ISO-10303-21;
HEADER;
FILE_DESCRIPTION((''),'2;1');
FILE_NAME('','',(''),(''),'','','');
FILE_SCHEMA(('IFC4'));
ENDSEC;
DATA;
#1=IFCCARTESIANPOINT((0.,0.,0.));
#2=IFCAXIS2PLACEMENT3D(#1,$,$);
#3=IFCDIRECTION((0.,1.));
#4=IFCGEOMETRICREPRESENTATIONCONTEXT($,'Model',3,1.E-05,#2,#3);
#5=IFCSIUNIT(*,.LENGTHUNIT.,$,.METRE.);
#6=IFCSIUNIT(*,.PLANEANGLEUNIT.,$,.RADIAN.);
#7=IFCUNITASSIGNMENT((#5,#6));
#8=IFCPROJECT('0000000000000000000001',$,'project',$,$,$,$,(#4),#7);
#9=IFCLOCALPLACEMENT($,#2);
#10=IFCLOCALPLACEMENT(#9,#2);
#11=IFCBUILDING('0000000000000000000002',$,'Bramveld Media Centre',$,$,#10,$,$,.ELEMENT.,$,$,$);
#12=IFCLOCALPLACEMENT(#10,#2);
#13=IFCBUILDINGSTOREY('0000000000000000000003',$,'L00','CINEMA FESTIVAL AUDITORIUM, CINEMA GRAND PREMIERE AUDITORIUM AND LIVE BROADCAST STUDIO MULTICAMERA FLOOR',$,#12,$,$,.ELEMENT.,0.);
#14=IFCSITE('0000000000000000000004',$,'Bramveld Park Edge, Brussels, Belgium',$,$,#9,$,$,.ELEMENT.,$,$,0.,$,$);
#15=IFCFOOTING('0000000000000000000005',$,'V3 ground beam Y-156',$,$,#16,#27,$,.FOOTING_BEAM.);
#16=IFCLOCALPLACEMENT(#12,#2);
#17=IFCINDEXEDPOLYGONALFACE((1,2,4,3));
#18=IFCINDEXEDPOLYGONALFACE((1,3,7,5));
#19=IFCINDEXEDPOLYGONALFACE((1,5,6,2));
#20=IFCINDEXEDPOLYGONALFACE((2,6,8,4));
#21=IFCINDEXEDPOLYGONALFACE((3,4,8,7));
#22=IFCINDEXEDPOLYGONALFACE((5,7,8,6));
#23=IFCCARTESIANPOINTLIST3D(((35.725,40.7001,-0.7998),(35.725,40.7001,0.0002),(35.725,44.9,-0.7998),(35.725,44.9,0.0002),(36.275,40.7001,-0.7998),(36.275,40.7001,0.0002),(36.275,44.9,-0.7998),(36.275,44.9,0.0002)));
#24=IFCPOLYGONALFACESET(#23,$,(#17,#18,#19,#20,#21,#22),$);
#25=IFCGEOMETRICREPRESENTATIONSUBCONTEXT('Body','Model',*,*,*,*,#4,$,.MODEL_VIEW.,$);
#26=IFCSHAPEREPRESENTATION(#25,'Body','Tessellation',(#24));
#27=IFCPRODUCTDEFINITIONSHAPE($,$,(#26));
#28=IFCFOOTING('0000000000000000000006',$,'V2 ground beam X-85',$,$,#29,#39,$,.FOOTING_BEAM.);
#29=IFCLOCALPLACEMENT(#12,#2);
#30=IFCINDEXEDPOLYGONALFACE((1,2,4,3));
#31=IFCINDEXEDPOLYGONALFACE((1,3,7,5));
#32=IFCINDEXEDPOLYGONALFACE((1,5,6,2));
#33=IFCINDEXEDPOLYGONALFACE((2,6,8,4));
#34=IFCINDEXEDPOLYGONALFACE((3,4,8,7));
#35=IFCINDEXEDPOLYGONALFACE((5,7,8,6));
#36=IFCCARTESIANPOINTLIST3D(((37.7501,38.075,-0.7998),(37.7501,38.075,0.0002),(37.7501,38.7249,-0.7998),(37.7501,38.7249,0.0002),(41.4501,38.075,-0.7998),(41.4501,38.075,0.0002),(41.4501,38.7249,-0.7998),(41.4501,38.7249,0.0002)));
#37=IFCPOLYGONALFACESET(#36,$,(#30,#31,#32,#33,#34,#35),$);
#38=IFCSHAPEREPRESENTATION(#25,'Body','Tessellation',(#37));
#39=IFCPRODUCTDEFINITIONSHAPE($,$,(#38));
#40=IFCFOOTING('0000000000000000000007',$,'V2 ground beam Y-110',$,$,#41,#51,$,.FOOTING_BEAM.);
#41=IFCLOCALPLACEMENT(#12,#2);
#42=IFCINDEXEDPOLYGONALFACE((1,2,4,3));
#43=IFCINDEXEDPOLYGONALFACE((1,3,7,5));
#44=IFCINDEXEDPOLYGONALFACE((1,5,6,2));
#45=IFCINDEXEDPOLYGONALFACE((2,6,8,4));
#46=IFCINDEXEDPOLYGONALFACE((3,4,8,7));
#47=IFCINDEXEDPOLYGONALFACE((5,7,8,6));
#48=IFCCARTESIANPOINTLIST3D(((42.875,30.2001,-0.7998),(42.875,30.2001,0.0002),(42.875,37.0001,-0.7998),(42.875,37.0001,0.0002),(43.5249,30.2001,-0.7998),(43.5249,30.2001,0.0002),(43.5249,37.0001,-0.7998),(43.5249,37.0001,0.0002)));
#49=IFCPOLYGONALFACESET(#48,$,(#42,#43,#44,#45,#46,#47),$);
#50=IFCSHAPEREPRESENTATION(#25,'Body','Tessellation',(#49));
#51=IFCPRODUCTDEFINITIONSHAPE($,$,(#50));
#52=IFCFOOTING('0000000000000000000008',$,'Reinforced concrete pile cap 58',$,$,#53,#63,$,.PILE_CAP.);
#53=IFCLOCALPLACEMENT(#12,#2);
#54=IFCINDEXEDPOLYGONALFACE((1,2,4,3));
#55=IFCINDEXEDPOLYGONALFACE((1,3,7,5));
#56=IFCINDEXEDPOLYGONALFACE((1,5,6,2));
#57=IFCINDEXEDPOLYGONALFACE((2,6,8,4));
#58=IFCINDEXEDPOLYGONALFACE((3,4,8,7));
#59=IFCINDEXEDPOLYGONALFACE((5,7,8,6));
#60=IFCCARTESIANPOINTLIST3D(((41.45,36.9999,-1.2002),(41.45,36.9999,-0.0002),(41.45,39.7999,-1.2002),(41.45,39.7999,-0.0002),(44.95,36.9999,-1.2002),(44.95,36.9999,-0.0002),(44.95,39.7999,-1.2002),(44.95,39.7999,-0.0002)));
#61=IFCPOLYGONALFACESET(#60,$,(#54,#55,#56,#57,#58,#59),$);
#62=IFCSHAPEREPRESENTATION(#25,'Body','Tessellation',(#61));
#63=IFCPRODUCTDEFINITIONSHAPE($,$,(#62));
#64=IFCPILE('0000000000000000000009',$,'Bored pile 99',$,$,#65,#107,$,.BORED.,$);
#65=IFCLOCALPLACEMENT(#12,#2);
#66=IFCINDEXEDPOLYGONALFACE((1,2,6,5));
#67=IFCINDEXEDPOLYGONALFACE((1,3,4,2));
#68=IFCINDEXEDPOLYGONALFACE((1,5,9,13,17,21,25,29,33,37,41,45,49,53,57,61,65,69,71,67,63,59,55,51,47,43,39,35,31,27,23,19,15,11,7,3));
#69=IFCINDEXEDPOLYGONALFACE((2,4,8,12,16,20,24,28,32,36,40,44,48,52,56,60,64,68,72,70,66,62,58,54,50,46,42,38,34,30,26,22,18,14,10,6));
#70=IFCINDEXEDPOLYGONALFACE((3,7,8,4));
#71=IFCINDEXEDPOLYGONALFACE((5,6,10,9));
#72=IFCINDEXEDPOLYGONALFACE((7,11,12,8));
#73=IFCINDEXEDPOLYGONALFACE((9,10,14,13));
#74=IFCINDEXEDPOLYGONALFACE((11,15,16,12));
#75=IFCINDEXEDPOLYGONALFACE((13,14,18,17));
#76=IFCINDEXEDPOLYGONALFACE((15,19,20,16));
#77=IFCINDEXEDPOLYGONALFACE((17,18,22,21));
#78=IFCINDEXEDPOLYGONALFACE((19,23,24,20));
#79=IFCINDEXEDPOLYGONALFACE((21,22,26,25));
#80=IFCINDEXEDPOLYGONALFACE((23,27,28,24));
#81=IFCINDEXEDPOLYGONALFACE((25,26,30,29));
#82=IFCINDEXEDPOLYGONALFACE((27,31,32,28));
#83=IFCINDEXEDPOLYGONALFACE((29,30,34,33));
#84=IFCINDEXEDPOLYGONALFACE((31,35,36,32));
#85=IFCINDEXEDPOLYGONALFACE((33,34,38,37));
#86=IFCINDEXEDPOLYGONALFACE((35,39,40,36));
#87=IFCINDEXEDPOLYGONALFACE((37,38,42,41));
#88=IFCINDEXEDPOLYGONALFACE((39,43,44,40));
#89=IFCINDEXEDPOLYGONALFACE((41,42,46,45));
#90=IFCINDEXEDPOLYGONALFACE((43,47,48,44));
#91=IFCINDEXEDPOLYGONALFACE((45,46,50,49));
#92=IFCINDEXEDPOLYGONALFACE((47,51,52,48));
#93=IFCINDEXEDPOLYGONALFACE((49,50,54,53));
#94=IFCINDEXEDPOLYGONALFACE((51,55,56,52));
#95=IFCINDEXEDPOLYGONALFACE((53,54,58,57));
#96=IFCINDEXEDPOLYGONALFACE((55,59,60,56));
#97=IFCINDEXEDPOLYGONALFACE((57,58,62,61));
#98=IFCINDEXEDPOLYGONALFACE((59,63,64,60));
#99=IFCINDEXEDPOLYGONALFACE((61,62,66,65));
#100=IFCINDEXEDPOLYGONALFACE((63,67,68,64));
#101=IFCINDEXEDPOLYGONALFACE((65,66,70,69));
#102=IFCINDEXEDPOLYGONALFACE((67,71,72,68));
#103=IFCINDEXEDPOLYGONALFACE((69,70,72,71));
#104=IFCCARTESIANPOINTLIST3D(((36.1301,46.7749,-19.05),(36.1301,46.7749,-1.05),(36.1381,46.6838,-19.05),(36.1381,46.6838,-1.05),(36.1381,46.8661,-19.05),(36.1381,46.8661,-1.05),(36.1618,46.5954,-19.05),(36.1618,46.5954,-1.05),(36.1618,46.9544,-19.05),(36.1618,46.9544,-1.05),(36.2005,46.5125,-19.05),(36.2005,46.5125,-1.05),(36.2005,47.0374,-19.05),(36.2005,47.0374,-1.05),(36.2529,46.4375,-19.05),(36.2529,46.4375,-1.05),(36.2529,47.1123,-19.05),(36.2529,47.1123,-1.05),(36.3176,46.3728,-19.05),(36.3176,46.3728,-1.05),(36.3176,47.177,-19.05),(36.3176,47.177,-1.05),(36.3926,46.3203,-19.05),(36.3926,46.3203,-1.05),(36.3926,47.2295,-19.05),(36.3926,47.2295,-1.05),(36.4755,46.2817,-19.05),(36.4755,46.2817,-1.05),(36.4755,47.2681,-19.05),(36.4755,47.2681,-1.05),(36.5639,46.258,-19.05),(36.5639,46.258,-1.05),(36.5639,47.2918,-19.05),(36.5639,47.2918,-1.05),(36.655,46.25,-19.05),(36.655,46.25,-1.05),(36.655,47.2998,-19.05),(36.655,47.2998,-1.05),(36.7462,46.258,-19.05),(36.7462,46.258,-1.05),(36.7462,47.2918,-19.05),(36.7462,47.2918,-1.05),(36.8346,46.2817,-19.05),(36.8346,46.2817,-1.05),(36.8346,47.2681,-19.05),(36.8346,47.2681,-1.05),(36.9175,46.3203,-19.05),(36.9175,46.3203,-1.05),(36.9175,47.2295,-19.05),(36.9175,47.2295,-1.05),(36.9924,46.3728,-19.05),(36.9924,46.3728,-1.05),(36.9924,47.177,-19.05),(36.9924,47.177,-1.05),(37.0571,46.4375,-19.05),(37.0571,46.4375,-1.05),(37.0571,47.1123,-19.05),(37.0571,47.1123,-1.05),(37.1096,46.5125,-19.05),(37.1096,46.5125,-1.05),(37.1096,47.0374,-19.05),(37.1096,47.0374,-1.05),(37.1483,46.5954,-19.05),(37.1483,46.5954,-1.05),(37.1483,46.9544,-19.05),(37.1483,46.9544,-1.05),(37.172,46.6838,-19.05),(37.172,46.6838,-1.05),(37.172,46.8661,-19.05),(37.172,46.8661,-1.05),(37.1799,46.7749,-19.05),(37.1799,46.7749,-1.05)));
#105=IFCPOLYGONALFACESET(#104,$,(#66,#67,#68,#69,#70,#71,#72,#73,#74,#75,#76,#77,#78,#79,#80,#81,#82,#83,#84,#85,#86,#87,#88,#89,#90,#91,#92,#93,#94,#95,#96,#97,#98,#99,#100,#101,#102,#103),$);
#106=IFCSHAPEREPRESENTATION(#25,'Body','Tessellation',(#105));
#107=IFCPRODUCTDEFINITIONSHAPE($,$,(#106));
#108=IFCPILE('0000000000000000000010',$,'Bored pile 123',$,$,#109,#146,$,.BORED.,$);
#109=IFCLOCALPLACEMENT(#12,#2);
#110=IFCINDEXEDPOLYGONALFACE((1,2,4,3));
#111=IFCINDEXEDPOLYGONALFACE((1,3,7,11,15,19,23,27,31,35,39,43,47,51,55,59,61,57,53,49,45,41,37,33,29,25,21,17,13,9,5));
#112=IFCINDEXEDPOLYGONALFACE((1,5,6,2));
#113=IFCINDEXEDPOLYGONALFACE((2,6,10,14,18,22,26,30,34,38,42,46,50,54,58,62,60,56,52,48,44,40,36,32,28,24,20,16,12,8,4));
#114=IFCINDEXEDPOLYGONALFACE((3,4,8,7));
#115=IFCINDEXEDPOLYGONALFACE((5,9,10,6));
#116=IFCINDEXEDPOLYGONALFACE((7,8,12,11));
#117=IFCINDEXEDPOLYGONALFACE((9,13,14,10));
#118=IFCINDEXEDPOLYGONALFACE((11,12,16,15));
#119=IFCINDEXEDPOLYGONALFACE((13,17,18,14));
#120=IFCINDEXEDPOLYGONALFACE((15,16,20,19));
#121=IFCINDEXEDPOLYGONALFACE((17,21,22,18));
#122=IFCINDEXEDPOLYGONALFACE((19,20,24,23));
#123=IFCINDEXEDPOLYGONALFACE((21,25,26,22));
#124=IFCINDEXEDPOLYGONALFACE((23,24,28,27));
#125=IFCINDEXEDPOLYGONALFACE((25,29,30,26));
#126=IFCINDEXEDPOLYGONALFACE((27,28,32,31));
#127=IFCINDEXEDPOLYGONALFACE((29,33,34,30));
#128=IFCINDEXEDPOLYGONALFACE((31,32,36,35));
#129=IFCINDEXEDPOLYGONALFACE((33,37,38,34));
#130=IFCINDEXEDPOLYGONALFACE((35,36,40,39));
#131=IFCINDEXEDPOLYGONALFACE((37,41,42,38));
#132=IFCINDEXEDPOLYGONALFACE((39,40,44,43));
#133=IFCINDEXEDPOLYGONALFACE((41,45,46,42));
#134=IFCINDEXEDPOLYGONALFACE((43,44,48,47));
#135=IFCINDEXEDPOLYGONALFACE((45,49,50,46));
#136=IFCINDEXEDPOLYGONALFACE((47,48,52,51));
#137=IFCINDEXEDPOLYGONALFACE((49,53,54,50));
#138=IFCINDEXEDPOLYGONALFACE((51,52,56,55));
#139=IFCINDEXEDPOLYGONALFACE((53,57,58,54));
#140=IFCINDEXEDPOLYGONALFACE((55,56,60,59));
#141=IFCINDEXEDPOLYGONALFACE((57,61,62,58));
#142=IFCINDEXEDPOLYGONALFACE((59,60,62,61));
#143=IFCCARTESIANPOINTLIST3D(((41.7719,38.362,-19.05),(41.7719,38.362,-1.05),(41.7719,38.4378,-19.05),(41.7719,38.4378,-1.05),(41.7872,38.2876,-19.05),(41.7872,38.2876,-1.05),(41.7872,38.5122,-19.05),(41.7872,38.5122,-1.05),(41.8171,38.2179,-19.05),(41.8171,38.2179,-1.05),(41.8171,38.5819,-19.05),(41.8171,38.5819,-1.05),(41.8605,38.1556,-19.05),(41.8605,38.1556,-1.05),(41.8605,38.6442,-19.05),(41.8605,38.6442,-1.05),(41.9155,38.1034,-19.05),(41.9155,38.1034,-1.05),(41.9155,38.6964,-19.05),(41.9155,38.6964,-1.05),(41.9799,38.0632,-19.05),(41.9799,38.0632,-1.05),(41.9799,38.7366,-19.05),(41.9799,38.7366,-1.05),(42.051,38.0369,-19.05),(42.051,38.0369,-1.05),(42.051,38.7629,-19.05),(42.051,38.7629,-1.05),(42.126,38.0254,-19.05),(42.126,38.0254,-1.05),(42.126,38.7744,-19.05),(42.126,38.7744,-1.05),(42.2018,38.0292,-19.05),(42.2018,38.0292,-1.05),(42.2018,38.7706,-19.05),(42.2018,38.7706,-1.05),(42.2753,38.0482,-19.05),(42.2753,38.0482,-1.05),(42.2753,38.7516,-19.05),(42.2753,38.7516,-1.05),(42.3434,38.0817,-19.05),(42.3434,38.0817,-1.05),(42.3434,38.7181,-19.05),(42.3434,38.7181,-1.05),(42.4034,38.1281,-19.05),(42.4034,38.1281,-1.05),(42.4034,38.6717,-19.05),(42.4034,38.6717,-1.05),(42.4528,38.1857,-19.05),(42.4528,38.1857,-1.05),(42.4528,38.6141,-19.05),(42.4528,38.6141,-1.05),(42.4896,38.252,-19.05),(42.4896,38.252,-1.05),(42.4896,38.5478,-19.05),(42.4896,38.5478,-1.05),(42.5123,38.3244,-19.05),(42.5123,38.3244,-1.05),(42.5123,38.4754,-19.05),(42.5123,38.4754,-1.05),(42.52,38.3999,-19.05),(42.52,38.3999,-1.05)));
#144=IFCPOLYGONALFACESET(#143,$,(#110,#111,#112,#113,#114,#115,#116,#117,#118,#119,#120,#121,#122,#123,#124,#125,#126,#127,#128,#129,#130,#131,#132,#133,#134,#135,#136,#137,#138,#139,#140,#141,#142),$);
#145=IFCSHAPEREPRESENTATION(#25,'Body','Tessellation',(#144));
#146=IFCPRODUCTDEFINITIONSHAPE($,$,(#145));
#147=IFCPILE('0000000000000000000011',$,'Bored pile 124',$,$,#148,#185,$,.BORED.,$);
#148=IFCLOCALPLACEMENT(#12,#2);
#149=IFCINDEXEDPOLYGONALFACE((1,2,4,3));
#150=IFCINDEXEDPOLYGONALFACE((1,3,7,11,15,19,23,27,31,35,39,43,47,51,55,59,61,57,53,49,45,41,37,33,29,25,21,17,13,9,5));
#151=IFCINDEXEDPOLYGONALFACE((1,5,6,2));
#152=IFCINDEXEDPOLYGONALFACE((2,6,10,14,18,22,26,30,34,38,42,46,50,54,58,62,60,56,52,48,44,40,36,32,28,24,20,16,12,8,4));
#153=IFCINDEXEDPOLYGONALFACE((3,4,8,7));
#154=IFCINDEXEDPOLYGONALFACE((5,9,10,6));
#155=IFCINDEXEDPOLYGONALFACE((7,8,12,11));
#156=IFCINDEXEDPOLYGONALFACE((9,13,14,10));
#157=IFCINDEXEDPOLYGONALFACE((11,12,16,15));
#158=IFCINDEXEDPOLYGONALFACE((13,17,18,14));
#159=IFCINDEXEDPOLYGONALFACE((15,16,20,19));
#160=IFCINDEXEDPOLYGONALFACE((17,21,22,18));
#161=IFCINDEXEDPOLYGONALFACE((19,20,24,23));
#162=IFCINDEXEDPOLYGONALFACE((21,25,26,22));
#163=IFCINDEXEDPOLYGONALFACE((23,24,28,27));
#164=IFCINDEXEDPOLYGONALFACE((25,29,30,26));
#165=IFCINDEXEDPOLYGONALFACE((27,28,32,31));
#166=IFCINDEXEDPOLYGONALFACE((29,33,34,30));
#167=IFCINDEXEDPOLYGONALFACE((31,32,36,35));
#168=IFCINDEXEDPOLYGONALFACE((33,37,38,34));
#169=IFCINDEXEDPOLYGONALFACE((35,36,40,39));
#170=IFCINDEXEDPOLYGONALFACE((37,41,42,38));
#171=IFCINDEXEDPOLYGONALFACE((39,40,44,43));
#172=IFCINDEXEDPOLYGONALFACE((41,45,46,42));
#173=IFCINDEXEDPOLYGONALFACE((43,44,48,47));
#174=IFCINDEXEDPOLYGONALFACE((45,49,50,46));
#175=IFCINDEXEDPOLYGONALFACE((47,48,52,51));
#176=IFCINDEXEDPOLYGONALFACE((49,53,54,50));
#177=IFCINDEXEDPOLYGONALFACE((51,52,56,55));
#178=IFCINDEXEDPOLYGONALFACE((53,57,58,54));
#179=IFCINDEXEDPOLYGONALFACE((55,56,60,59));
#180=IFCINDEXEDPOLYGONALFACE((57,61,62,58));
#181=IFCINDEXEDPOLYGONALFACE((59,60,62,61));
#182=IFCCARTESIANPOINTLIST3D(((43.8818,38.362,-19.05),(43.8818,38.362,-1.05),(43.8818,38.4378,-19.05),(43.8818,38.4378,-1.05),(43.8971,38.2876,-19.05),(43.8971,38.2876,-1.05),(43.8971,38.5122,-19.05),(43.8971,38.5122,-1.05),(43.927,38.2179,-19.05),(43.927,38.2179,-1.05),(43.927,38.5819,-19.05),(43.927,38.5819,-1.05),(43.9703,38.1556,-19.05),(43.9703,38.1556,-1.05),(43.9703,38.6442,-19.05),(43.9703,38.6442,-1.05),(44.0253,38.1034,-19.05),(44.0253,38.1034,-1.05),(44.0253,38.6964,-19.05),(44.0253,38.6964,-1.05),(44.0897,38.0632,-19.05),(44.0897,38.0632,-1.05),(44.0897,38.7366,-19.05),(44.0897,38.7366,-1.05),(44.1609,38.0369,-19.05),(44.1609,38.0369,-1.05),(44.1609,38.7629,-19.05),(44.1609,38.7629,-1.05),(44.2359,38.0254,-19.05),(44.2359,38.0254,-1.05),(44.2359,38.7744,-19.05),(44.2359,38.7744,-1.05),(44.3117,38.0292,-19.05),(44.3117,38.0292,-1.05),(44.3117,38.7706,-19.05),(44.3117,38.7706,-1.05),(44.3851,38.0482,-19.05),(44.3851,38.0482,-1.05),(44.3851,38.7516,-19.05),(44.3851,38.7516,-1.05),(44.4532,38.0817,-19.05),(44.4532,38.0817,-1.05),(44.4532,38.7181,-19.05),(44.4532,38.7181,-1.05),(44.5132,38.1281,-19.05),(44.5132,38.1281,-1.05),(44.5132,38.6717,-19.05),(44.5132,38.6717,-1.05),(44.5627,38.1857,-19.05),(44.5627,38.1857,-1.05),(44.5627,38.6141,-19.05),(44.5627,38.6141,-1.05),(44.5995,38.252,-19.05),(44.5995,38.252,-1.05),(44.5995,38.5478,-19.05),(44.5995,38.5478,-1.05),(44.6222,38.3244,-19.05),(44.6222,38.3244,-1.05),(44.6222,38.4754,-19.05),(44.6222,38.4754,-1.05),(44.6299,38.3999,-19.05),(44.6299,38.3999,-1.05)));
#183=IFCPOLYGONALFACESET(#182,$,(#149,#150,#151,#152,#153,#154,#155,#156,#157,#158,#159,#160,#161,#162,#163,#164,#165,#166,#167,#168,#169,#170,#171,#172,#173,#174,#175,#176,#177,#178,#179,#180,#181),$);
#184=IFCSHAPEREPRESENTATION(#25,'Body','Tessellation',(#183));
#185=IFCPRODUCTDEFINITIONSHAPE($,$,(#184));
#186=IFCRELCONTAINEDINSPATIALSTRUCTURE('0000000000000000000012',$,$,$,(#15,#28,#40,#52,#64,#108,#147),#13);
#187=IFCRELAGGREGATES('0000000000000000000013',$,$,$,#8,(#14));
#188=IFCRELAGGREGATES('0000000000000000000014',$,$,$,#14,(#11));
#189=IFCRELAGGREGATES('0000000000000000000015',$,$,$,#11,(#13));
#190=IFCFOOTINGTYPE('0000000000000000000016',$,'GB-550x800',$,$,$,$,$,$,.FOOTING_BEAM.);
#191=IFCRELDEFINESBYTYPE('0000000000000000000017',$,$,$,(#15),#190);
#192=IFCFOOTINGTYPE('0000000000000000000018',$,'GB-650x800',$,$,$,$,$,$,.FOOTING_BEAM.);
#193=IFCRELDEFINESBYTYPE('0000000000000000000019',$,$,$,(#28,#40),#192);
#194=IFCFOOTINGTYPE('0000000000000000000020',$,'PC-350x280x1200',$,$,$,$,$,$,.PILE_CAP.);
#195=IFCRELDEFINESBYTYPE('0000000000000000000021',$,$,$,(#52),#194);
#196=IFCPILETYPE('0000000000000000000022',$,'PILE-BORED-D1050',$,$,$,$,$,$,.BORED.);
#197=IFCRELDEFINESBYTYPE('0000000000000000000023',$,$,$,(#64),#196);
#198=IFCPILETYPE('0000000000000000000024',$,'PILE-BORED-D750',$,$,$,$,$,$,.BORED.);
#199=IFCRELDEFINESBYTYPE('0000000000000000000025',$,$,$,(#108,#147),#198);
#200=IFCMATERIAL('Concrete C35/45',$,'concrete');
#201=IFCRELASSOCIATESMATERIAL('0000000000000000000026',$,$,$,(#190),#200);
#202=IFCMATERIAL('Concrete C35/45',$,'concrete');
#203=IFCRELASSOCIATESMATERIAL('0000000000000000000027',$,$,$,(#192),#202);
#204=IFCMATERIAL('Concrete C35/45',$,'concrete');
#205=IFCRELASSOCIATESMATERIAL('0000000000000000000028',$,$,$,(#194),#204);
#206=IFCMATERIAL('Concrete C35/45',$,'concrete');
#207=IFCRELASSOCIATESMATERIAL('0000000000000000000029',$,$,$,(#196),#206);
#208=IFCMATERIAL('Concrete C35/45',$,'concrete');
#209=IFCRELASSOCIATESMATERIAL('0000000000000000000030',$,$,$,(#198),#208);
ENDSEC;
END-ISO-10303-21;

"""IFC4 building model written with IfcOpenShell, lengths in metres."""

from ifc_helpers import new_model, si_unit, direction, frame, origin, origin_2d, place, context, subcontext, project, spatial, rectangle, circle, extrude, material, material_profile, profile_set, type_object, element, save


model = new_model("IFC4")

# Units and contexts
model_context = context("Model", 3, precision=1e-05, world=origin(), true_north=direction((0.0, 1.0)))
body_context = subcontext(model_context, "Body", "Model", "MODEL_VIEW")
ifc_project = project(units=[si_unit("LENGTHUNIT", "METRE"), si_unit("PLANEANGLEUNIT", "RADIAN")], contexts=[model_context])

# Site, building, storey
site_placement = place(None, origin())
site = spatial("IfcSite", under=ifc_project, at=site_placement, Name="Bramveld Park Edge, Brussels, Belgium", CompositionType="ELEMENT", RefElevation=0.0)
building_placement = place(site_placement, origin())
building = spatial("IfcBuilding", under=site, at=building_placement, Name="Bramveld Media Centre", CompositionType="ELEMENT")
storey_placement = place(building_placement, origin())
storey = spatial("IfcBuildingStorey", under=building, at=storey_placement, Name="L00", Description="CINEMA FESTIVAL AUDITORIUM, CINEMA GRAND PREMIERE AUDITORIUM AND LIVE BROADCAST STUDIO MULTICAMERA FLOOR", CompositionType="ELEMENT", Elevation=0.0)

# Footings
ifc_material_1 = material(Name="Concrete C35/45", Category="concrete")
footing_type_1 = type_object("IfcFootingType", Name="GB-550x800", PredefinedType="FOOTING_BEAM", material=ifc_material_1)
footing_1_placement = place(storey_placement, frame((36.0, 42.8, -0.7998), z_axis=(0.0, 0.0, 1.0), x_axis=(1.0, 0.0, 0.0)))
element("IfcFooting", 1, at=footing_1_placement, inside=storey, type_object=footing_type_1, Name="V3 ground beam Y-156", PredefinedType="FOOTING_BEAM", context=body_context, shape_type="SweptSolid", body=[
    extrude(rectangle(XDim=0.55, YDim=4.2, at=origin_2d()), origin(), (0.0, 0.0, 1.0), 0.8),
])
ifc_material_2 = material(Name="Concrete C35/45", Category="concrete")
footing_type_2 = type_object("IfcFootingType", Name="GB-650x800", PredefinedType="FOOTING_BEAM", material=ifc_material_2)
footing_2_placement = place(storey_placement, frame((39.6001, 38.3999, -0.7998), z_axis=(0.0, 0.0, 1.0), x_axis=(1.0, 0.0, 0.0)))
element("IfcFooting", 2, at=footing_2_placement, inside=storey, type_object=footing_type_2, Name="V2 ground beam X-85", PredefinedType="FOOTING_BEAM", context=body_context, shape_type="SweptSolid", body=[
    extrude(rectangle(XDim=3.7, YDim=0.6499, at=origin_2d()), origin(), (0.0, 0.0, 1.0), 0.8),
])
footing_3_placement = place(storey_placement, frame((43.2, 33.6001, -0.7998), z_axis=(0.0, 0.0, 1.0), x_axis=(1.0, 0.0, 0.0)))
element("IfcFooting", 3, at=footing_3_placement, inside=storey, type_object=footing_type_2, Name="V2 ground beam Y-110", PredefinedType="FOOTING_BEAM", context=body_context, shape_type="SweptSolid", body=[
    extrude(rectangle(XDim=0.6499, YDim=6.8, at=origin_2d()), origin(), (0.0, 0.0, 1.0), 0.8),
])
ifc_material_3 = material(Name="Concrete C35/45", Category="concrete")
footing_type_3 = type_object("IfcFootingType", Name="PC-350x280x1200", PredefinedType="PILE_CAP", material=ifc_material_3)
footing_4_placement = place(storey_placement, frame((43.2, 38.3999, -1.2002), z_axis=(0.0, 0.0, 1.0), x_axis=(1.0, 0.0, 0.0)))
element("IfcFooting", 4, at=footing_4_placement, inside=storey, type_object=footing_type_3, Name="Reinforced concrete pile cap 58", PredefinedType="PILE_CAP", context=body_context, shape_type="SweptSolid", body=[
    extrude(rectangle(XDim=3.5, YDim=2.8, at=origin_2d()), origin(), (0.0, 0.0, 1.0), 1.2),
])

# Piles
ifc_material_4 = material(Name="Concrete C35/45", Category="concrete")
ifc_material_profile_1 = material_profile(ifc_material_4, circle(Radius=0.5249, at=origin_2d()), Name="BORED D1050")
ifc_profile_set_1 = profile_set([ifc_material_profile_1], Name="Concrete C35/45")
pile_type_1 = type_object("IfcPileType", Name="PILE-BORED-D1050", PredefinedType="BORED", material=ifc_profile_set_1)
pile_1_placement = place(storey_placement, frame((36.655, 46.7749, -1.05), z_axis=(0.0, 0.0, -1.0), x_axis=(1.0, 0.0, 0.0)))
element("IfcPile", 5, at=pile_1_placement, inside=storey, type_object=pile_type_1, Name="Bored pile 99", PredefinedType="BORED", context=body_context, shape_type="SweptSolid", body=[
    extrude(circle(Radius=0.5249, at=origin_2d()), origin(), (0.0, 0.0, 1.0), 18.0),
])
ifc_material_5 = material(Name="Concrete C35/45", Category="concrete")
ifc_material_profile_2 = material_profile(ifc_material_5, circle(Radius=0.375, at=origin_2d()), Name="BORED D750")
ifc_profile_set_2 = profile_set([ifc_material_profile_2], Name="Concrete C35/45")
pile_type_2 = type_object("IfcPileType", Name="PILE-BORED-D750", PredefinedType="BORED", material=ifc_profile_set_2)
for number, where, z_axis, x_axis, name in (
    (6, (42.145, 38.3999, -1.05), (0.0, 0.0, -1.0), (1.0, 0.0, 0.0), "Bored pile 123"),
    (7, (44.2549, 38.3999, -1.05), (0.0, 0.0, -1.0), (1.0, 0.0, 0.0), "Bored pile 124"),
):
    element("IfcPile", number, at=place(storey_placement, frame(where, z_axis=z_axis, x_axis=x_axis)), inside=storey, type_object=pile_type_2, Name=name, PredefinedType="BORED", context=body_context, shape_type="SweptSolid", body=[
        extrude(circle(Radius=0.375, at=origin_2d()), origin(), (0.0, 0.0, 1.0), 18.0),
    ])

save(model, "model.ifc")
